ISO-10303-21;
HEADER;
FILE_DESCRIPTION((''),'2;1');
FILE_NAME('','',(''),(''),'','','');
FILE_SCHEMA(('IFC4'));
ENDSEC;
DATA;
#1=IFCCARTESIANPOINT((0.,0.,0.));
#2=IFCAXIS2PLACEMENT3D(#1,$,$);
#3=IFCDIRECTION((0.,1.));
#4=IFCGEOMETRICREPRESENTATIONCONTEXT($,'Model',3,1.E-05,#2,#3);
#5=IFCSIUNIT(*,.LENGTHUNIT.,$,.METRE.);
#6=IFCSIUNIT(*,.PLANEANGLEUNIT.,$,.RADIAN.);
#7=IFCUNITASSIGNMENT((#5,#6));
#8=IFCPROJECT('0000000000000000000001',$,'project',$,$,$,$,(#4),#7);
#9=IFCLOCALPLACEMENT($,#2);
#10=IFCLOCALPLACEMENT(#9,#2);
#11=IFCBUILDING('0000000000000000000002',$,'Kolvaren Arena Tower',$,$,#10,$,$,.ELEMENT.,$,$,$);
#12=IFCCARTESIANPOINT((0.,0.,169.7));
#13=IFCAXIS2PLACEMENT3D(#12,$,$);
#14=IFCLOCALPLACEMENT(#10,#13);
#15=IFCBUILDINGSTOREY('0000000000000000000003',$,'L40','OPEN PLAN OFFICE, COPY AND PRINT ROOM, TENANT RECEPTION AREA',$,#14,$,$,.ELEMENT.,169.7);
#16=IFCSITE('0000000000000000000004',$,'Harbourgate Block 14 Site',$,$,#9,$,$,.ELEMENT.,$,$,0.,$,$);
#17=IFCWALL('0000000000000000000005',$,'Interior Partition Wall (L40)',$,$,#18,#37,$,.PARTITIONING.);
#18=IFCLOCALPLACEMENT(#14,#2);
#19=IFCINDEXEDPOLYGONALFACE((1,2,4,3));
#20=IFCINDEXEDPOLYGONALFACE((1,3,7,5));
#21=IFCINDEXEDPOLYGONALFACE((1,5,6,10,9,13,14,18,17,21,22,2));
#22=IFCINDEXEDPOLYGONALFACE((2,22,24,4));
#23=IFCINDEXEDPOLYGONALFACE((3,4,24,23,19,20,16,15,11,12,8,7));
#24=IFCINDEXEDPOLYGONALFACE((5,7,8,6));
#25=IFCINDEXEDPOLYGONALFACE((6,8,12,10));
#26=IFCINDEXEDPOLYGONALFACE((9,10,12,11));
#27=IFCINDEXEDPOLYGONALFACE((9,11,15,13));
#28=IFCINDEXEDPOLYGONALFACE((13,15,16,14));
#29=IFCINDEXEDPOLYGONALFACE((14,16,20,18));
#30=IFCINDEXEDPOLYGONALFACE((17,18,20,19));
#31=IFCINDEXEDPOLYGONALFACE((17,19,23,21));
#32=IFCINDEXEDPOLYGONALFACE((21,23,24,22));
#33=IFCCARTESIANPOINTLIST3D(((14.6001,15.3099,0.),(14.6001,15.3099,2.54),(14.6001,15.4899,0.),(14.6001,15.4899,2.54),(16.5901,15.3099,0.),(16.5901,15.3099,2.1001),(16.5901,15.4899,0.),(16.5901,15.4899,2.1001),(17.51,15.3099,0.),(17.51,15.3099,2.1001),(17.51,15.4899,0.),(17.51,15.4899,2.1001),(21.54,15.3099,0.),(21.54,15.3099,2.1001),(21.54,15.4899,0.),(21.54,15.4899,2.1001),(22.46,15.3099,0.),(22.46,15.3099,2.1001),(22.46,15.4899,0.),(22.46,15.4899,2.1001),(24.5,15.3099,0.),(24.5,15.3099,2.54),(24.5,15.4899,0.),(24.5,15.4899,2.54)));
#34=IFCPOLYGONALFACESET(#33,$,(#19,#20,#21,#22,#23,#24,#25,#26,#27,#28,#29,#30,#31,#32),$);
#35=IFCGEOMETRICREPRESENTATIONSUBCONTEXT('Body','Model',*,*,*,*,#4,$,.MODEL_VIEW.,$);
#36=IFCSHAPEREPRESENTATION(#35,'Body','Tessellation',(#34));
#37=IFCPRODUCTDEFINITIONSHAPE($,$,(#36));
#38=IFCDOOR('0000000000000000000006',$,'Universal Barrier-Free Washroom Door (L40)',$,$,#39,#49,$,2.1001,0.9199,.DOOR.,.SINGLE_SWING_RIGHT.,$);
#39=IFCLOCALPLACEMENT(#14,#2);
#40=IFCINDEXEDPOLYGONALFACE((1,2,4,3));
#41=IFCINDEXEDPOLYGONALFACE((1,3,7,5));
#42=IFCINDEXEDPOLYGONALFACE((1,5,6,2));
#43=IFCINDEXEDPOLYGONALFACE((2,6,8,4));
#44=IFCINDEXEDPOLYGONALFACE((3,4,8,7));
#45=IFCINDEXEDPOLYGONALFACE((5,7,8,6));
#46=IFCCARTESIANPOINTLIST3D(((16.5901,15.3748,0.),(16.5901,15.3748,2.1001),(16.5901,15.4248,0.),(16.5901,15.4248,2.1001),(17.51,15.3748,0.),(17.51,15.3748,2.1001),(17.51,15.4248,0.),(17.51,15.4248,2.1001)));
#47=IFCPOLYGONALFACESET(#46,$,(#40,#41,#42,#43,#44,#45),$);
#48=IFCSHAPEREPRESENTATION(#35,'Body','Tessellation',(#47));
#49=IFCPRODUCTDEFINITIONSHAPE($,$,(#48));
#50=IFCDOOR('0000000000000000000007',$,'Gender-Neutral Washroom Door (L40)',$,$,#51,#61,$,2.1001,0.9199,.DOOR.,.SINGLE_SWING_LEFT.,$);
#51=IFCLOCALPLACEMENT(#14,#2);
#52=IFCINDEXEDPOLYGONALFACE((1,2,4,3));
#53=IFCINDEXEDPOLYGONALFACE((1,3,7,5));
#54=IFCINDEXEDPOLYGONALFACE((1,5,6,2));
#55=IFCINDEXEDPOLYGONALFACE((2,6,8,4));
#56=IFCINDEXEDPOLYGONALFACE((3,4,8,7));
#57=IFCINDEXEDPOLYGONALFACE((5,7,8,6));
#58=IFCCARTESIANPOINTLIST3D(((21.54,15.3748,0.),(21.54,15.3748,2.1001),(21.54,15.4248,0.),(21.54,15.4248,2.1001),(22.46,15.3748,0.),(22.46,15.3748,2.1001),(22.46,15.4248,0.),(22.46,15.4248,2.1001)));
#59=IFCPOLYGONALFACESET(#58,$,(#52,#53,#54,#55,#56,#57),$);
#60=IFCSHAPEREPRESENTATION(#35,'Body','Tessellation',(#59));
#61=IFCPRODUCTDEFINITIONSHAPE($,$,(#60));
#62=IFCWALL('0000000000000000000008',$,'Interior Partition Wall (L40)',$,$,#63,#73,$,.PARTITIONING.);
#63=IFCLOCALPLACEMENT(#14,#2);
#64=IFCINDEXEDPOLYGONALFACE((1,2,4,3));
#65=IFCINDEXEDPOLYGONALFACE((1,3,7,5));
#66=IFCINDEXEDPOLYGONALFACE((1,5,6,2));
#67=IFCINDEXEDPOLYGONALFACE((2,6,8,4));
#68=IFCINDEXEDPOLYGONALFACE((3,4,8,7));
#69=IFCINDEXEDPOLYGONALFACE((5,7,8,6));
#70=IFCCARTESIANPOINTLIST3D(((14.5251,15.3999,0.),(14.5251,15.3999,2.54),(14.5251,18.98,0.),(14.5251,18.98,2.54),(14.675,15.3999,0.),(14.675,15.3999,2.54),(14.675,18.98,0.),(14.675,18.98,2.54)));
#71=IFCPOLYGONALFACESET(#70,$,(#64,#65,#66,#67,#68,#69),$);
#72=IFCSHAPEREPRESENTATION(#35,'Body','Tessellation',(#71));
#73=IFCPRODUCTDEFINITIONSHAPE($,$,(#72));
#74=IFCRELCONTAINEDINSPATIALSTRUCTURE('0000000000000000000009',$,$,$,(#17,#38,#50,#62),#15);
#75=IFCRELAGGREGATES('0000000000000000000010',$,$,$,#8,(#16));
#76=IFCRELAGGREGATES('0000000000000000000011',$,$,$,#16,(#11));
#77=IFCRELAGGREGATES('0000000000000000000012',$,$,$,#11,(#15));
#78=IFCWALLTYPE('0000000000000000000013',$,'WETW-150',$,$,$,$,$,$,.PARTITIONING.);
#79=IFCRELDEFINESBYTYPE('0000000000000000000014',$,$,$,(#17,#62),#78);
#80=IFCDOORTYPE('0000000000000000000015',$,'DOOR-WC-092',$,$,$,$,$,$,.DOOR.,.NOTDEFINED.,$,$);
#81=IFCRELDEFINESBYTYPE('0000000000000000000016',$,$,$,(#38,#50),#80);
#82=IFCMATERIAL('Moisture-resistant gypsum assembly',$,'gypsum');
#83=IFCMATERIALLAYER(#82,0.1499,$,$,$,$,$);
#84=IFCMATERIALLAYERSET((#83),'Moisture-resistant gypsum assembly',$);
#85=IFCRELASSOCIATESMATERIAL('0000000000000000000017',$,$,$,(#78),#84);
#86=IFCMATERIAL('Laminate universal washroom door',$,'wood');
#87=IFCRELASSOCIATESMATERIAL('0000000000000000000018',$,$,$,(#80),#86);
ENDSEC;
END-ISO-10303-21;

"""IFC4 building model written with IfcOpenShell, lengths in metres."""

from ifc_helpers import new_model, si_unit, direction, frame, frame_2d, origin, place, context, subcontext, project, spatial, rectangle, extrude, material, layer, layer_set, type_object, element, fill, save


model = new_model("IFC4")

# Units and contexts
model_context = context("Model", 3, precision=1e-05, world=origin(), true_north=direction((0.0, 1.0)))
body_context = subcontext(model_context, "Body", "Model", "MODEL_VIEW")
ifc_project = project(units=[si_unit("LENGTHUNIT", "METRE"), si_unit("PLANEANGLEUNIT", "RADIAN")], contexts=[model_context])

# Site, building, storey
site_placement = place(None, origin())
site = spatial("IfcSite", under=ifc_project, at=site_placement, Name="Harbourgate Block 14 Site", CompositionType="ELEMENT", RefElevation=0.0)
building_placement = place(site_placement, origin())
building = spatial("IfcBuilding", under=site, at=building_placement, Name="Kolvaren Arena Tower", CompositionType="ELEMENT")
storey_placement = place(building_placement, frame((0.0, 0.0, 169.7)))
storey = spatial("IfcBuildingStorey", under=building, at=storey_placement, Name="L40", Description="OPEN PLAN OFFICE, COPY AND PRINT ROOM, TENANT RECEPTION AREA", CompositionType="ELEMENT", Elevation=169.7)

# Wall, openings, doors
ifc_material_1 = material(Name="Moisture-resistant gypsum assembly", Category="gypsum")
ifc_layer_1 = layer(ifc_material_1, 0.1499)
ifc_layer_set_1 = layer_set([ifc_layer_1], Name="Moisture-resistant gypsum assembly")
wall_type_1 = type_object("IfcWallType", Name="WETW-150", PredefinedType="PARTITIONING", material=ifc_layer_set_1)
wall_1_placement = place(storey_placement, frame((14.6001, 15.3999, 0.0), z_axis=(0.0, 0.0, 1.0), x_axis=(1.0, 0.0, 0.0)))
wall_1 = element("IfcWall", 1, at=wall_1_placement, inside=storey, type_object=wall_type_1, Name="Interior Partition Wall (L40)", PredefinedType="PARTITIONING", context=body_context, shape_type="SweptSolid", body=[
    extrude(rectangle(XDim=9.8999, YDim=0.1799, at=frame_2d((4.95, 0.0))), origin(), (0.0, 0.0, 1.0), 2.54),
])
opening_1_placement = place(wall_1_placement, frame((1.99, 0.0, 0.0)))
opening_1 = element("IfcOpeningElement", 2, at=opening_1_placement, cuts=wall_1, PredefinedType="OPENING", context=body_context, shape_type="SweptSolid", body=[
    extrude(rectangle(XDim=0.9199, YDim=2.1001, at=frame_2d((0.46, 1.05))), frame((0.0, 0.0999, 0.0), z_axis=(0.0, -1.0, 0.0), x_axis=(1.0, 0.0, 0.0)), (0.0, 0.0, 1.0), 0.2),
])
opening_2_placement = place(wall_1_placement, frame((6.9399, 0.0, 0.0)))
opening_2 = element("IfcOpeningElement", 3, at=opening_2_placement, cuts=wall_1, PredefinedType="OPENING", context=body_context, shape_type="SweptSolid", body=[
    extrude(rectangle(XDim=0.9199, YDim=2.1001, at=frame_2d((0.46, 1.05))), frame((0.0, 0.0999, 0.0), z_axis=(0.0, -1.0, 0.0), x_axis=(1.0, 0.0, 0.0)), (0.0, 0.0, 1.0), 0.2),
])
ifc_material_2 = material(Name="Laminate universal washroom door", Category="wood")
door_type_1 = type_object("IfcDoorType", Name="DOOR-WC-092", OperationType="NOTDEFINED", PredefinedType="DOOR", material=ifc_material_2)
door_1_placement = place(opening_1_placement, origin())
door_1 = element("IfcDoor", 4, at=door_1_placement, inside=storey, type_object=door_type_1, Name="Universal Barrier-Free Washroom Door (L40)", OperationType="SINGLE_SWING_RIGHT", OverallHeight=2.1001, OverallWidth=0.9199, PredefinedType="DOOR", context=body_context, shape_type="SweptSolid", body=[
    extrude(rectangle(XDim=0.9199, YDim=2.1001, at=frame_2d((0.46, 1.05))), frame((0.0, 0.0249, 0.0), z_axis=(0.0, -1.0, 0.0), x_axis=(1.0, 0.0, 0.0)), (0.0, 0.0, 1.0), 0.05),
])
fill(opening_1, door_1)
door_2_placement = place(opening_2_placement, origin())
door_2 = element("IfcDoor", 5, at=door_2_placement, inside=storey, type_object=door_type_1, Name="Gender-Neutral Washroom Door (L40)", OperationType="SINGLE_SWING_LEFT", OverallHeight=2.1001, OverallWidth=0.9199, PredefinedType="DOOR", context=body_context, shape_type="SweptSolid", body=[
    extrude(rectangle(XDim=0.9199, YDim=2.1001, at=frame_2d((0.46, 1.05))), frame((0.0, 0.0249, 0.0), z_axis=(0.0, -1.0, 0.0), x_axis=(1.0, 0.0, 0.0)), (0.0, 0.0, 1.0), 0.05),
])
fill(opening_2, door_2)

# Wall
wall_2_placement = place(storey_placement, frame((14.6001, 15.3999, 0.0), z_axis=(0.0, 0.0, 1.0), x_axis=(0.0, 1.0, 0.0)))
element("IfcWall", 6, at=wall_2_placement, inside=storey, type_object=wall_type_1, Name="Interior Partition Wall (L40)", PredefinedType="PARTITIONING", context=body_context, shape_type="SweptSolid", body=[
    extrude(rectangle(XDim=3.5801, YDim=0.1499, at=frame_2d((1.79, 0.0))), origin(), (0.0, 0.0, 1.0), 2.54),
])

save(model, "model.ifc")
